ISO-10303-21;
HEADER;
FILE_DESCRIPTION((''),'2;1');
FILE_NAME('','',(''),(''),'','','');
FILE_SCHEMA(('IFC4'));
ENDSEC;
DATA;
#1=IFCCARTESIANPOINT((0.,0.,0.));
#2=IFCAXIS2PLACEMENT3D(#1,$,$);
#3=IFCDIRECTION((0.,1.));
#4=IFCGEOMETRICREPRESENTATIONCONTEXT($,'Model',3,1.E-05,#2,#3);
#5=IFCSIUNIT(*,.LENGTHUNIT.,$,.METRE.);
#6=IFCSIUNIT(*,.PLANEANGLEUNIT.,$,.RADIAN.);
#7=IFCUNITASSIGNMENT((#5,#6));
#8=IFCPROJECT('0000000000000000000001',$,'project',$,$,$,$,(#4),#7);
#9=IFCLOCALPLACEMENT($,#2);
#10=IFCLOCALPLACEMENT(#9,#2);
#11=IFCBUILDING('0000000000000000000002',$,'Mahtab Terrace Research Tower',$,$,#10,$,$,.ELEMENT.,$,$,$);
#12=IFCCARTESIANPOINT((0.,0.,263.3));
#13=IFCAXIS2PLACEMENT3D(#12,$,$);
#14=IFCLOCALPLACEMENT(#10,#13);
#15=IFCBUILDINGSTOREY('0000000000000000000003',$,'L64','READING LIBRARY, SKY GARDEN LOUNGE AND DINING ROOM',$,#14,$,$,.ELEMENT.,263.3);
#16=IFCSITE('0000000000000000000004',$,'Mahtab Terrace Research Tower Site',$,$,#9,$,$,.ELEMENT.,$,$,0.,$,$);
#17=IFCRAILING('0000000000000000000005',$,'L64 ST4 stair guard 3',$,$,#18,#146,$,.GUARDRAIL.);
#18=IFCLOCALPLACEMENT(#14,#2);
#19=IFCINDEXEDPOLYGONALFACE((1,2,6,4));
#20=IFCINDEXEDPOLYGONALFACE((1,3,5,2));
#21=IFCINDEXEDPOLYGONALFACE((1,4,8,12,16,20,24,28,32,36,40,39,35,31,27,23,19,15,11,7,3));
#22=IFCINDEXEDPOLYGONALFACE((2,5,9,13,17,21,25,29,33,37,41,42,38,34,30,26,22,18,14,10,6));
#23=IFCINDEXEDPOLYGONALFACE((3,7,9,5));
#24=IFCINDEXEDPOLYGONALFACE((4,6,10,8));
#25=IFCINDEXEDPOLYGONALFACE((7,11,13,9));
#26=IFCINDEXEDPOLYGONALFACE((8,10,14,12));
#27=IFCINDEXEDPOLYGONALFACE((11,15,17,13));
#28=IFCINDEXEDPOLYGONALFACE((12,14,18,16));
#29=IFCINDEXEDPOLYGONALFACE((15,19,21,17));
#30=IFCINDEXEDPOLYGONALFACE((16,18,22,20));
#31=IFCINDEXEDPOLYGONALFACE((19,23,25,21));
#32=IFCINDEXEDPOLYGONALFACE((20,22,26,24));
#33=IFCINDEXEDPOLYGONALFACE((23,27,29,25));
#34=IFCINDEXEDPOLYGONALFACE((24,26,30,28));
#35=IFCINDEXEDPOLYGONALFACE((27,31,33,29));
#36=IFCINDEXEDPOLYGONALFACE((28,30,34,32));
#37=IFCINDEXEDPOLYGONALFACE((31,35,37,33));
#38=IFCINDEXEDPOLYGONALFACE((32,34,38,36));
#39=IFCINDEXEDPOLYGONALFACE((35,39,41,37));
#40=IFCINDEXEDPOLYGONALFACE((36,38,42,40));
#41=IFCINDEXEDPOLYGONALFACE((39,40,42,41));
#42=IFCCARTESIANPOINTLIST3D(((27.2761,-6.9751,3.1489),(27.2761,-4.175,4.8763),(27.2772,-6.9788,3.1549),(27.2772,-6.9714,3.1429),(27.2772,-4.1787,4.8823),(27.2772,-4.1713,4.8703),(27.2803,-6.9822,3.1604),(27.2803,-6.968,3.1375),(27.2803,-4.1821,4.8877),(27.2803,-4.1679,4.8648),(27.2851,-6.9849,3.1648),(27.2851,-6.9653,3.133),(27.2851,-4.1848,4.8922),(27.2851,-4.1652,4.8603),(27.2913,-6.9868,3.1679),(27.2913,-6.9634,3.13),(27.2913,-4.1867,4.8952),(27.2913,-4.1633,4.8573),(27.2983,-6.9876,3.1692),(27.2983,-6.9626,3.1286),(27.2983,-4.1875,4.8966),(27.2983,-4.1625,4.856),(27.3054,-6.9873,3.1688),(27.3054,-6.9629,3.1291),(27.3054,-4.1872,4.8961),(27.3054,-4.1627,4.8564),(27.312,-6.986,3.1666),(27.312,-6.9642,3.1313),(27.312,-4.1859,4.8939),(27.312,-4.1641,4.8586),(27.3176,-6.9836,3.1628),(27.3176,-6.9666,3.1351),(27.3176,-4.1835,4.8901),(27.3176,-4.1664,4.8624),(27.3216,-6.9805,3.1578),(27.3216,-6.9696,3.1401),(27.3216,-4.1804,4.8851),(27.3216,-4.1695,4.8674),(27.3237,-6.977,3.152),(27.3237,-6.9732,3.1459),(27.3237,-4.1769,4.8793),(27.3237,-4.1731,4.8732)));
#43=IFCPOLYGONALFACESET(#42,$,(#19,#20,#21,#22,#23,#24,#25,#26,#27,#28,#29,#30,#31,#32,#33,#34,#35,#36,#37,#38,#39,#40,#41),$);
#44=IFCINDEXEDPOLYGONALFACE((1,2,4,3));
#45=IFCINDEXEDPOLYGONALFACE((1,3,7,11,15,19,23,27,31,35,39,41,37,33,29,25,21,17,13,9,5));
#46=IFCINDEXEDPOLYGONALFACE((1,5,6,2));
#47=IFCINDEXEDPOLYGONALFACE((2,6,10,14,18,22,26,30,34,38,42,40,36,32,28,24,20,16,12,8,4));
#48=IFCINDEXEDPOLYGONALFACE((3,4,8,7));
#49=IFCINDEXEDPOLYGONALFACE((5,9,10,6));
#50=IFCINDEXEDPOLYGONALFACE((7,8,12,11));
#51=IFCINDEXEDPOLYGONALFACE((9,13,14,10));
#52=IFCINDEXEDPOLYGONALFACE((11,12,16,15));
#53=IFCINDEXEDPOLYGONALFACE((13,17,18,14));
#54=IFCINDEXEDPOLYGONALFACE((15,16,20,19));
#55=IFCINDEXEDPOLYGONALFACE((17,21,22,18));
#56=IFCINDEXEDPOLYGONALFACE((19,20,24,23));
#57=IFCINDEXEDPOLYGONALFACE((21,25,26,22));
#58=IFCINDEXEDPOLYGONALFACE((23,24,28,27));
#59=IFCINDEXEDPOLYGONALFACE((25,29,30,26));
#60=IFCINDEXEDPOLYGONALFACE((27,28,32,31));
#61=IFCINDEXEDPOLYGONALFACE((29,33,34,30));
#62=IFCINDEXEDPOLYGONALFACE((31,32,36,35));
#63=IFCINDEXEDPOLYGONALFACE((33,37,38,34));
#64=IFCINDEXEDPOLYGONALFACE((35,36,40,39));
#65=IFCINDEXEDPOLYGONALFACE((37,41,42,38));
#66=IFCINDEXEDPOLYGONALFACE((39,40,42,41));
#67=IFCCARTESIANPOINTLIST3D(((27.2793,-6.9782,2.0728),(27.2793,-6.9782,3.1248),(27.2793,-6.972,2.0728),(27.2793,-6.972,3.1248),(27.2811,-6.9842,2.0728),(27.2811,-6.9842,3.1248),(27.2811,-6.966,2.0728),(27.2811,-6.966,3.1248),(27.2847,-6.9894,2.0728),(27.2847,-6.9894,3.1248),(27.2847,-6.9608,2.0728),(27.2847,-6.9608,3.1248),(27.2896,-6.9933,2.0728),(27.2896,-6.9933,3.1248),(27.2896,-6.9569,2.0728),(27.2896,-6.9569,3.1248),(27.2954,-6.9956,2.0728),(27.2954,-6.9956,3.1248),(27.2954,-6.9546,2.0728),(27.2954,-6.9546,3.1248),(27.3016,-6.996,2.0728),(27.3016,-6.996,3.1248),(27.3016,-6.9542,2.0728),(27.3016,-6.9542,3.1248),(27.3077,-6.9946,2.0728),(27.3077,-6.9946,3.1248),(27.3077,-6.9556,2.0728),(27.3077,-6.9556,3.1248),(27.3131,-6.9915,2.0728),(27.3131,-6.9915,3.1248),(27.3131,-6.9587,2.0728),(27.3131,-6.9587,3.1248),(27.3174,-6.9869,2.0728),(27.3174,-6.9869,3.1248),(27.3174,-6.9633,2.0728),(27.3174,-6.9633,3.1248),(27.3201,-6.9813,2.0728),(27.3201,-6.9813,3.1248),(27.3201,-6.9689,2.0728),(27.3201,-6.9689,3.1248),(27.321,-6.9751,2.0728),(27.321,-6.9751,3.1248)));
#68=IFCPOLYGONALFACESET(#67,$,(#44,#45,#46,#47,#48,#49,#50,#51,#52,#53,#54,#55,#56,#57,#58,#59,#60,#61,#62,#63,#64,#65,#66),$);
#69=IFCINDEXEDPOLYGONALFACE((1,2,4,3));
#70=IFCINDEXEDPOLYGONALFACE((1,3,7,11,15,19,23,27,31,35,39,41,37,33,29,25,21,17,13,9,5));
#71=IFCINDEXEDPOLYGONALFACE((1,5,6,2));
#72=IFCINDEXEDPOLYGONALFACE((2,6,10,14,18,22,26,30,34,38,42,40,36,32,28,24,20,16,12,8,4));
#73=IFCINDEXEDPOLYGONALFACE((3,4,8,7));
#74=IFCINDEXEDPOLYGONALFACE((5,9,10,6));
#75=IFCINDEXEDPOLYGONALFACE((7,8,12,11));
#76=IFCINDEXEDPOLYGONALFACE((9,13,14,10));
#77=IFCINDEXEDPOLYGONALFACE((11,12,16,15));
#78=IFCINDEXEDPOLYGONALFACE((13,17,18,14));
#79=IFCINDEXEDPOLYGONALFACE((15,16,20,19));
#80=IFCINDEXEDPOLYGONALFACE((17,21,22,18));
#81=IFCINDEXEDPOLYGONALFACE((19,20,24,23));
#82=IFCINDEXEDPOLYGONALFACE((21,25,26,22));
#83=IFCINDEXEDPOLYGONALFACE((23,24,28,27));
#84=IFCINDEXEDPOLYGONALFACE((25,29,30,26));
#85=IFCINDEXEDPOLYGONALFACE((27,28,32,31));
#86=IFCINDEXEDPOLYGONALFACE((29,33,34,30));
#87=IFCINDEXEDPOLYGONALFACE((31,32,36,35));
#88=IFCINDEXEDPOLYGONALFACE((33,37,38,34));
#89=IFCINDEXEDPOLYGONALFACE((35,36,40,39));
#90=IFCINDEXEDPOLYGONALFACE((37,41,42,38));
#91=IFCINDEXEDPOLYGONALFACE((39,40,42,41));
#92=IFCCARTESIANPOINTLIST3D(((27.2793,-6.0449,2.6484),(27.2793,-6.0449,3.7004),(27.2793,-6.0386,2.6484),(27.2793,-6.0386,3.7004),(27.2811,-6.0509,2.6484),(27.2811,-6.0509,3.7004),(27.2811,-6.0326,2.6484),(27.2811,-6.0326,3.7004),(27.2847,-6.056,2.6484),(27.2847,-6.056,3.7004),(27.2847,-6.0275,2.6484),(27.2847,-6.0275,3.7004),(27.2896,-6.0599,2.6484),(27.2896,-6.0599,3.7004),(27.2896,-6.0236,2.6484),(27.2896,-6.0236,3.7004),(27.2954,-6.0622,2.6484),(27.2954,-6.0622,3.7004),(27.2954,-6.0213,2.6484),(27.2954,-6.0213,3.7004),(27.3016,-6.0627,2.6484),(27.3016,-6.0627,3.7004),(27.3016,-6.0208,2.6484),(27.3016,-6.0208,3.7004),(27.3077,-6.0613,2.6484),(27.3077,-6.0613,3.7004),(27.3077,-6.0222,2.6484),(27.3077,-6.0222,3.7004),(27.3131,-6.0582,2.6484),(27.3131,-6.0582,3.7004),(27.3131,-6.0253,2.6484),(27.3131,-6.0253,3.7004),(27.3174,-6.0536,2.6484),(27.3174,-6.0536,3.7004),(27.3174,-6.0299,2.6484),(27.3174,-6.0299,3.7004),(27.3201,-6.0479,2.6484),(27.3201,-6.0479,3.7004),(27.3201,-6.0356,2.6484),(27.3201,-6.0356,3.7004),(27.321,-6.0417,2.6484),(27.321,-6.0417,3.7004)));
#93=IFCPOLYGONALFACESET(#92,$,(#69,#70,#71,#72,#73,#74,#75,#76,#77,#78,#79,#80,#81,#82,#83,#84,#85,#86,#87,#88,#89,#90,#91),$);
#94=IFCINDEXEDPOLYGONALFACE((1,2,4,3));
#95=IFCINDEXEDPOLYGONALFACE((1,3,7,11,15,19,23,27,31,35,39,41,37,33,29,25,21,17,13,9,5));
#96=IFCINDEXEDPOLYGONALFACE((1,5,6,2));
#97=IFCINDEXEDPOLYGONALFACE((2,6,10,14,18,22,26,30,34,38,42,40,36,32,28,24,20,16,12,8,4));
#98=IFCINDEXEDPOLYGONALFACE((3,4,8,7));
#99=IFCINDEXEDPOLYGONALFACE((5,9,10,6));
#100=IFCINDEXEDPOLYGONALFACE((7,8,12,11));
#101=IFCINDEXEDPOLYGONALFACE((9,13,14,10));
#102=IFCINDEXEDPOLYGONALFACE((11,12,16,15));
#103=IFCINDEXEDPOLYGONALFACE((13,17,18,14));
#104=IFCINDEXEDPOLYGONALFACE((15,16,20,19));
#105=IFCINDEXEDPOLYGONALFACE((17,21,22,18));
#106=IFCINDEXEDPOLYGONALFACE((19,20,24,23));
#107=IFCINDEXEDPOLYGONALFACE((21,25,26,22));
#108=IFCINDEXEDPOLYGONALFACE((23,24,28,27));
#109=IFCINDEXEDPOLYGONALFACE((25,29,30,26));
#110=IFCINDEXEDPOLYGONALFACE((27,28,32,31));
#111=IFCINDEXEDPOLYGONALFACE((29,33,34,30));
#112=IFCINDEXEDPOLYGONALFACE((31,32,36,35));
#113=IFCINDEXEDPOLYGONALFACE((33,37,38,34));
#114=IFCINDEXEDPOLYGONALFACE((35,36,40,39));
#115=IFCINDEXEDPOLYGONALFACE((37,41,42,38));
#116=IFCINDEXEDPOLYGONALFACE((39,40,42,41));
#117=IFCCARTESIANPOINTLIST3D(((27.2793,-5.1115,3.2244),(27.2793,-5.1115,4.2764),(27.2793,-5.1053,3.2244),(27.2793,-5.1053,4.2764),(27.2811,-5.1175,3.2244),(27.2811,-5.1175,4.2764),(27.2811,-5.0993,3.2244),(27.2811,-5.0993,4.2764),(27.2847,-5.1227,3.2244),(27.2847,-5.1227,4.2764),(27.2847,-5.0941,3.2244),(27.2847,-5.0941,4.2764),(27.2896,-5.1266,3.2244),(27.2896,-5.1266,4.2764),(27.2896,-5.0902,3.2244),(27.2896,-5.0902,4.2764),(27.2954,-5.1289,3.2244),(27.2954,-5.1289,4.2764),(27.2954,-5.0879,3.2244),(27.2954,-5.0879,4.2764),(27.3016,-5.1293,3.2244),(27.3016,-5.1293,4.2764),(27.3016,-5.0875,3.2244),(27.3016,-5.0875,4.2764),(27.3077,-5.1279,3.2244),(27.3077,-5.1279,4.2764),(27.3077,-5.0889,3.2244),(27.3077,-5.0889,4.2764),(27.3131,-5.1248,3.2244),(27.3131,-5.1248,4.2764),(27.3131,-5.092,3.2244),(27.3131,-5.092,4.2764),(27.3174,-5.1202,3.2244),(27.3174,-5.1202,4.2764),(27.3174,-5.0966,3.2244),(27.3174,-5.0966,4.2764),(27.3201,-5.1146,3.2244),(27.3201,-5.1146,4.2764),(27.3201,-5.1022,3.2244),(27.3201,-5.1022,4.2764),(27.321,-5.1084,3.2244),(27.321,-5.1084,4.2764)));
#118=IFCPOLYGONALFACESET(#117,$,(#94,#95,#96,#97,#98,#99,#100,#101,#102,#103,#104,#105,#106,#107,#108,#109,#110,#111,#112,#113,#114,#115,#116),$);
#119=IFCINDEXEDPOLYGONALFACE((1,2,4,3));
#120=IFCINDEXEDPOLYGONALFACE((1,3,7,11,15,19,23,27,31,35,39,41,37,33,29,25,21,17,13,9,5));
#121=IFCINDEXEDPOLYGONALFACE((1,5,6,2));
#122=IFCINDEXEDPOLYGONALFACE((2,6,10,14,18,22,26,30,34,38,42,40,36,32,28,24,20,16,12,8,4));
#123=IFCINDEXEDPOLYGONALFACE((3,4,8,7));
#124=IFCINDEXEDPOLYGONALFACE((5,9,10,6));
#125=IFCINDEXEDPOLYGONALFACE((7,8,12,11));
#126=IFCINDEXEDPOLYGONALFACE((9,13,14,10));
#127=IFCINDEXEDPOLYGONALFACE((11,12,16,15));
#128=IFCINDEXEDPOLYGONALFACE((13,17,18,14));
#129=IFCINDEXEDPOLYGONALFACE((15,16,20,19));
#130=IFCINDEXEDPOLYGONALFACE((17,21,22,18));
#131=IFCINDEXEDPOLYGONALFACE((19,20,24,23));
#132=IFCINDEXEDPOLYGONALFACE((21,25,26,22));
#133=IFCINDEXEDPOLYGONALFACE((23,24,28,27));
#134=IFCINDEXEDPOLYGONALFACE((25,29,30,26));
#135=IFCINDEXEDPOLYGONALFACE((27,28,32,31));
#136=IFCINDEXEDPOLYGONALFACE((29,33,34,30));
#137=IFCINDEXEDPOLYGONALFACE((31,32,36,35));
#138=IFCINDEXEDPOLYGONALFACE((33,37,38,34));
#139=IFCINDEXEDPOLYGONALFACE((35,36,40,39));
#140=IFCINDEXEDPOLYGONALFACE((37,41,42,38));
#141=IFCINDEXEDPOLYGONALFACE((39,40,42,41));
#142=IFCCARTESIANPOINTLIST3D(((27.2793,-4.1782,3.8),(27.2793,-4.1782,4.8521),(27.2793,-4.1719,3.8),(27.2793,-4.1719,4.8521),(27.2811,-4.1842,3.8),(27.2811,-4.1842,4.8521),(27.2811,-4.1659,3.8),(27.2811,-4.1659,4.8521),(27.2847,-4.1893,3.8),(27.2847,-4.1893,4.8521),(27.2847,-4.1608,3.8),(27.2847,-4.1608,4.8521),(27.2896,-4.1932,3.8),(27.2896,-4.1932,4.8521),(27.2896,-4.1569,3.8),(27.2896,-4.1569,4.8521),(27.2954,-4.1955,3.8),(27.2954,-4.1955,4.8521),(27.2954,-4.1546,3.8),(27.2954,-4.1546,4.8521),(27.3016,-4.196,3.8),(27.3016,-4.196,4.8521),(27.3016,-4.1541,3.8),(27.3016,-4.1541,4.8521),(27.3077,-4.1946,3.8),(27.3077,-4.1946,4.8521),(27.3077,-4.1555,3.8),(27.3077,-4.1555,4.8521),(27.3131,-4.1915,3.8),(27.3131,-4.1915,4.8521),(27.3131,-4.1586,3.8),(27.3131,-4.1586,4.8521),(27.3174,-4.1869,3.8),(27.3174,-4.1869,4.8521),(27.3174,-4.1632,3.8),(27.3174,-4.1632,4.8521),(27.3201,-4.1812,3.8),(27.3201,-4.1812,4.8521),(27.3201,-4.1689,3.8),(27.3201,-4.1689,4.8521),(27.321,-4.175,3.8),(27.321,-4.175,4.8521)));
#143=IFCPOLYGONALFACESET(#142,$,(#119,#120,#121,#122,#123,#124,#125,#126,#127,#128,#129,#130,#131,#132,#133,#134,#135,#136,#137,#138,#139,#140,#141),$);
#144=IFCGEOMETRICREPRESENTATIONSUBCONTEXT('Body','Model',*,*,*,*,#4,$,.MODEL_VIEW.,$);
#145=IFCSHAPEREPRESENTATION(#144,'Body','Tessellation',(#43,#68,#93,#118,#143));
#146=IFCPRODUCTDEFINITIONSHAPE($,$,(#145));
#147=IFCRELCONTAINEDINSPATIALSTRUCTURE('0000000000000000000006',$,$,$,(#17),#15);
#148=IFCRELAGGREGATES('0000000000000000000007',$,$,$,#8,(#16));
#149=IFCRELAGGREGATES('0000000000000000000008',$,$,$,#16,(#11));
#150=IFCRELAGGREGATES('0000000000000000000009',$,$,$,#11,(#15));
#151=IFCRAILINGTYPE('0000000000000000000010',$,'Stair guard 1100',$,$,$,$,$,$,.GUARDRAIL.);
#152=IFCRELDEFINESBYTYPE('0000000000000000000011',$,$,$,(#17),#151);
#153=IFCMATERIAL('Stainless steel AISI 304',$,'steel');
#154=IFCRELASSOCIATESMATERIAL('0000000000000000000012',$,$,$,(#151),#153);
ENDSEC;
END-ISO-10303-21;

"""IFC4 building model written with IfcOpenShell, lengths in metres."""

from ifc_helpers import new_model, si_unit, direction, frame, origin, origin_2d, place, context, subcontext, project, spatial, circle, extrude, material, type_object, element, save


model = new_model("IFC4")

# Units and contexts
model_context = context("Model", 3, precision=1e-05, world=origin(), true_north=direction((0.0, 1.0)))
body_context = subcontext(model_context, "Body", "Model", "MODEL_VIEW")
ifc_project = project(units=[si_unit("LENGTHUNIT", "METRE"), si_unit("PLANEANGLEUNIT", "RADIAN")], contexts=[model_context])

# Site, building, storey
site_placement = place(None, origin())
site = spatial("IfcSite", under=ifc_project, at=site_placement, Name="Mahtab Terrace Research Tower Site", CompositionType="ELEMENT", RefElevation=0.0)
building_placement = place(site_placement, origin())
building = spatial("IfcBuilding", under=site, at=building_placement, Name="Mahtab Terrace Research Tower", CompositionType="ELEMENT")
storey_placement = place(building_placement, frame((0.0, 0.0, 263.3)))
storey = spatial("IfcBuildingStorey", under=building, at=storey_placement, Name="L64", Description="READING LIBRARY, SKY GARDEN LOUNGE AND DINING ROOM", CompositionType="ELEMENT", Elevation=263.3)

# Railing
ifc_material_1 = material(Name="Stainless steel AISI 304", Category="steel")
railing_type_1 = type_object("IfcRailingType", Name="Stair guard 1100", PredefinedType="GUARDRAIL", material=ifc_material_1)
railing_1_placement = place(storey_placement, frame((27.3, -6.9751, 2.0728)))
element("IfcRailing", 1, at=railing_1_placement, inside=storey, type_object=railing_type_1, Name="L64 ST4 stair guard 3", PredefinedType="GUARDRAIL", context=body_context, shape_type="SweptSolid", body=[
    extrude(circle(Radius=0.0239, at=origin_2d()), frame((0.0, 0.0, 1.0762), z_axis=(0.0, 0.85109, 0.52502), x_axis=(-1.0, 0.0, 0.0)), (0.0, 0.0, 1.0), 3.29),
    extrude(circle(Radius=0.021, at=origin_2d()), origin(), (0.0, 0.0, 1.0), 1.052),
    extrude(circle(Radius=0.021, at=origin_2d()), frame((0.0, 0.9333, 0.5757)), (0.0, 0.0, 1.0), 1.052),
    extrude(circle(Radius=0.021, at=origin_2d()), frame((0.0, 1.8667, 1.1516)), (0.0, 0.0, 1.0), 1.052),
    extrude(circle(Radius=0.021, at=origin_2d()), frame((0.0, 2.8, 1.7273)), (0.0, 0.0, 1.0), 1.052),
])

save(model, "model.ifc")
